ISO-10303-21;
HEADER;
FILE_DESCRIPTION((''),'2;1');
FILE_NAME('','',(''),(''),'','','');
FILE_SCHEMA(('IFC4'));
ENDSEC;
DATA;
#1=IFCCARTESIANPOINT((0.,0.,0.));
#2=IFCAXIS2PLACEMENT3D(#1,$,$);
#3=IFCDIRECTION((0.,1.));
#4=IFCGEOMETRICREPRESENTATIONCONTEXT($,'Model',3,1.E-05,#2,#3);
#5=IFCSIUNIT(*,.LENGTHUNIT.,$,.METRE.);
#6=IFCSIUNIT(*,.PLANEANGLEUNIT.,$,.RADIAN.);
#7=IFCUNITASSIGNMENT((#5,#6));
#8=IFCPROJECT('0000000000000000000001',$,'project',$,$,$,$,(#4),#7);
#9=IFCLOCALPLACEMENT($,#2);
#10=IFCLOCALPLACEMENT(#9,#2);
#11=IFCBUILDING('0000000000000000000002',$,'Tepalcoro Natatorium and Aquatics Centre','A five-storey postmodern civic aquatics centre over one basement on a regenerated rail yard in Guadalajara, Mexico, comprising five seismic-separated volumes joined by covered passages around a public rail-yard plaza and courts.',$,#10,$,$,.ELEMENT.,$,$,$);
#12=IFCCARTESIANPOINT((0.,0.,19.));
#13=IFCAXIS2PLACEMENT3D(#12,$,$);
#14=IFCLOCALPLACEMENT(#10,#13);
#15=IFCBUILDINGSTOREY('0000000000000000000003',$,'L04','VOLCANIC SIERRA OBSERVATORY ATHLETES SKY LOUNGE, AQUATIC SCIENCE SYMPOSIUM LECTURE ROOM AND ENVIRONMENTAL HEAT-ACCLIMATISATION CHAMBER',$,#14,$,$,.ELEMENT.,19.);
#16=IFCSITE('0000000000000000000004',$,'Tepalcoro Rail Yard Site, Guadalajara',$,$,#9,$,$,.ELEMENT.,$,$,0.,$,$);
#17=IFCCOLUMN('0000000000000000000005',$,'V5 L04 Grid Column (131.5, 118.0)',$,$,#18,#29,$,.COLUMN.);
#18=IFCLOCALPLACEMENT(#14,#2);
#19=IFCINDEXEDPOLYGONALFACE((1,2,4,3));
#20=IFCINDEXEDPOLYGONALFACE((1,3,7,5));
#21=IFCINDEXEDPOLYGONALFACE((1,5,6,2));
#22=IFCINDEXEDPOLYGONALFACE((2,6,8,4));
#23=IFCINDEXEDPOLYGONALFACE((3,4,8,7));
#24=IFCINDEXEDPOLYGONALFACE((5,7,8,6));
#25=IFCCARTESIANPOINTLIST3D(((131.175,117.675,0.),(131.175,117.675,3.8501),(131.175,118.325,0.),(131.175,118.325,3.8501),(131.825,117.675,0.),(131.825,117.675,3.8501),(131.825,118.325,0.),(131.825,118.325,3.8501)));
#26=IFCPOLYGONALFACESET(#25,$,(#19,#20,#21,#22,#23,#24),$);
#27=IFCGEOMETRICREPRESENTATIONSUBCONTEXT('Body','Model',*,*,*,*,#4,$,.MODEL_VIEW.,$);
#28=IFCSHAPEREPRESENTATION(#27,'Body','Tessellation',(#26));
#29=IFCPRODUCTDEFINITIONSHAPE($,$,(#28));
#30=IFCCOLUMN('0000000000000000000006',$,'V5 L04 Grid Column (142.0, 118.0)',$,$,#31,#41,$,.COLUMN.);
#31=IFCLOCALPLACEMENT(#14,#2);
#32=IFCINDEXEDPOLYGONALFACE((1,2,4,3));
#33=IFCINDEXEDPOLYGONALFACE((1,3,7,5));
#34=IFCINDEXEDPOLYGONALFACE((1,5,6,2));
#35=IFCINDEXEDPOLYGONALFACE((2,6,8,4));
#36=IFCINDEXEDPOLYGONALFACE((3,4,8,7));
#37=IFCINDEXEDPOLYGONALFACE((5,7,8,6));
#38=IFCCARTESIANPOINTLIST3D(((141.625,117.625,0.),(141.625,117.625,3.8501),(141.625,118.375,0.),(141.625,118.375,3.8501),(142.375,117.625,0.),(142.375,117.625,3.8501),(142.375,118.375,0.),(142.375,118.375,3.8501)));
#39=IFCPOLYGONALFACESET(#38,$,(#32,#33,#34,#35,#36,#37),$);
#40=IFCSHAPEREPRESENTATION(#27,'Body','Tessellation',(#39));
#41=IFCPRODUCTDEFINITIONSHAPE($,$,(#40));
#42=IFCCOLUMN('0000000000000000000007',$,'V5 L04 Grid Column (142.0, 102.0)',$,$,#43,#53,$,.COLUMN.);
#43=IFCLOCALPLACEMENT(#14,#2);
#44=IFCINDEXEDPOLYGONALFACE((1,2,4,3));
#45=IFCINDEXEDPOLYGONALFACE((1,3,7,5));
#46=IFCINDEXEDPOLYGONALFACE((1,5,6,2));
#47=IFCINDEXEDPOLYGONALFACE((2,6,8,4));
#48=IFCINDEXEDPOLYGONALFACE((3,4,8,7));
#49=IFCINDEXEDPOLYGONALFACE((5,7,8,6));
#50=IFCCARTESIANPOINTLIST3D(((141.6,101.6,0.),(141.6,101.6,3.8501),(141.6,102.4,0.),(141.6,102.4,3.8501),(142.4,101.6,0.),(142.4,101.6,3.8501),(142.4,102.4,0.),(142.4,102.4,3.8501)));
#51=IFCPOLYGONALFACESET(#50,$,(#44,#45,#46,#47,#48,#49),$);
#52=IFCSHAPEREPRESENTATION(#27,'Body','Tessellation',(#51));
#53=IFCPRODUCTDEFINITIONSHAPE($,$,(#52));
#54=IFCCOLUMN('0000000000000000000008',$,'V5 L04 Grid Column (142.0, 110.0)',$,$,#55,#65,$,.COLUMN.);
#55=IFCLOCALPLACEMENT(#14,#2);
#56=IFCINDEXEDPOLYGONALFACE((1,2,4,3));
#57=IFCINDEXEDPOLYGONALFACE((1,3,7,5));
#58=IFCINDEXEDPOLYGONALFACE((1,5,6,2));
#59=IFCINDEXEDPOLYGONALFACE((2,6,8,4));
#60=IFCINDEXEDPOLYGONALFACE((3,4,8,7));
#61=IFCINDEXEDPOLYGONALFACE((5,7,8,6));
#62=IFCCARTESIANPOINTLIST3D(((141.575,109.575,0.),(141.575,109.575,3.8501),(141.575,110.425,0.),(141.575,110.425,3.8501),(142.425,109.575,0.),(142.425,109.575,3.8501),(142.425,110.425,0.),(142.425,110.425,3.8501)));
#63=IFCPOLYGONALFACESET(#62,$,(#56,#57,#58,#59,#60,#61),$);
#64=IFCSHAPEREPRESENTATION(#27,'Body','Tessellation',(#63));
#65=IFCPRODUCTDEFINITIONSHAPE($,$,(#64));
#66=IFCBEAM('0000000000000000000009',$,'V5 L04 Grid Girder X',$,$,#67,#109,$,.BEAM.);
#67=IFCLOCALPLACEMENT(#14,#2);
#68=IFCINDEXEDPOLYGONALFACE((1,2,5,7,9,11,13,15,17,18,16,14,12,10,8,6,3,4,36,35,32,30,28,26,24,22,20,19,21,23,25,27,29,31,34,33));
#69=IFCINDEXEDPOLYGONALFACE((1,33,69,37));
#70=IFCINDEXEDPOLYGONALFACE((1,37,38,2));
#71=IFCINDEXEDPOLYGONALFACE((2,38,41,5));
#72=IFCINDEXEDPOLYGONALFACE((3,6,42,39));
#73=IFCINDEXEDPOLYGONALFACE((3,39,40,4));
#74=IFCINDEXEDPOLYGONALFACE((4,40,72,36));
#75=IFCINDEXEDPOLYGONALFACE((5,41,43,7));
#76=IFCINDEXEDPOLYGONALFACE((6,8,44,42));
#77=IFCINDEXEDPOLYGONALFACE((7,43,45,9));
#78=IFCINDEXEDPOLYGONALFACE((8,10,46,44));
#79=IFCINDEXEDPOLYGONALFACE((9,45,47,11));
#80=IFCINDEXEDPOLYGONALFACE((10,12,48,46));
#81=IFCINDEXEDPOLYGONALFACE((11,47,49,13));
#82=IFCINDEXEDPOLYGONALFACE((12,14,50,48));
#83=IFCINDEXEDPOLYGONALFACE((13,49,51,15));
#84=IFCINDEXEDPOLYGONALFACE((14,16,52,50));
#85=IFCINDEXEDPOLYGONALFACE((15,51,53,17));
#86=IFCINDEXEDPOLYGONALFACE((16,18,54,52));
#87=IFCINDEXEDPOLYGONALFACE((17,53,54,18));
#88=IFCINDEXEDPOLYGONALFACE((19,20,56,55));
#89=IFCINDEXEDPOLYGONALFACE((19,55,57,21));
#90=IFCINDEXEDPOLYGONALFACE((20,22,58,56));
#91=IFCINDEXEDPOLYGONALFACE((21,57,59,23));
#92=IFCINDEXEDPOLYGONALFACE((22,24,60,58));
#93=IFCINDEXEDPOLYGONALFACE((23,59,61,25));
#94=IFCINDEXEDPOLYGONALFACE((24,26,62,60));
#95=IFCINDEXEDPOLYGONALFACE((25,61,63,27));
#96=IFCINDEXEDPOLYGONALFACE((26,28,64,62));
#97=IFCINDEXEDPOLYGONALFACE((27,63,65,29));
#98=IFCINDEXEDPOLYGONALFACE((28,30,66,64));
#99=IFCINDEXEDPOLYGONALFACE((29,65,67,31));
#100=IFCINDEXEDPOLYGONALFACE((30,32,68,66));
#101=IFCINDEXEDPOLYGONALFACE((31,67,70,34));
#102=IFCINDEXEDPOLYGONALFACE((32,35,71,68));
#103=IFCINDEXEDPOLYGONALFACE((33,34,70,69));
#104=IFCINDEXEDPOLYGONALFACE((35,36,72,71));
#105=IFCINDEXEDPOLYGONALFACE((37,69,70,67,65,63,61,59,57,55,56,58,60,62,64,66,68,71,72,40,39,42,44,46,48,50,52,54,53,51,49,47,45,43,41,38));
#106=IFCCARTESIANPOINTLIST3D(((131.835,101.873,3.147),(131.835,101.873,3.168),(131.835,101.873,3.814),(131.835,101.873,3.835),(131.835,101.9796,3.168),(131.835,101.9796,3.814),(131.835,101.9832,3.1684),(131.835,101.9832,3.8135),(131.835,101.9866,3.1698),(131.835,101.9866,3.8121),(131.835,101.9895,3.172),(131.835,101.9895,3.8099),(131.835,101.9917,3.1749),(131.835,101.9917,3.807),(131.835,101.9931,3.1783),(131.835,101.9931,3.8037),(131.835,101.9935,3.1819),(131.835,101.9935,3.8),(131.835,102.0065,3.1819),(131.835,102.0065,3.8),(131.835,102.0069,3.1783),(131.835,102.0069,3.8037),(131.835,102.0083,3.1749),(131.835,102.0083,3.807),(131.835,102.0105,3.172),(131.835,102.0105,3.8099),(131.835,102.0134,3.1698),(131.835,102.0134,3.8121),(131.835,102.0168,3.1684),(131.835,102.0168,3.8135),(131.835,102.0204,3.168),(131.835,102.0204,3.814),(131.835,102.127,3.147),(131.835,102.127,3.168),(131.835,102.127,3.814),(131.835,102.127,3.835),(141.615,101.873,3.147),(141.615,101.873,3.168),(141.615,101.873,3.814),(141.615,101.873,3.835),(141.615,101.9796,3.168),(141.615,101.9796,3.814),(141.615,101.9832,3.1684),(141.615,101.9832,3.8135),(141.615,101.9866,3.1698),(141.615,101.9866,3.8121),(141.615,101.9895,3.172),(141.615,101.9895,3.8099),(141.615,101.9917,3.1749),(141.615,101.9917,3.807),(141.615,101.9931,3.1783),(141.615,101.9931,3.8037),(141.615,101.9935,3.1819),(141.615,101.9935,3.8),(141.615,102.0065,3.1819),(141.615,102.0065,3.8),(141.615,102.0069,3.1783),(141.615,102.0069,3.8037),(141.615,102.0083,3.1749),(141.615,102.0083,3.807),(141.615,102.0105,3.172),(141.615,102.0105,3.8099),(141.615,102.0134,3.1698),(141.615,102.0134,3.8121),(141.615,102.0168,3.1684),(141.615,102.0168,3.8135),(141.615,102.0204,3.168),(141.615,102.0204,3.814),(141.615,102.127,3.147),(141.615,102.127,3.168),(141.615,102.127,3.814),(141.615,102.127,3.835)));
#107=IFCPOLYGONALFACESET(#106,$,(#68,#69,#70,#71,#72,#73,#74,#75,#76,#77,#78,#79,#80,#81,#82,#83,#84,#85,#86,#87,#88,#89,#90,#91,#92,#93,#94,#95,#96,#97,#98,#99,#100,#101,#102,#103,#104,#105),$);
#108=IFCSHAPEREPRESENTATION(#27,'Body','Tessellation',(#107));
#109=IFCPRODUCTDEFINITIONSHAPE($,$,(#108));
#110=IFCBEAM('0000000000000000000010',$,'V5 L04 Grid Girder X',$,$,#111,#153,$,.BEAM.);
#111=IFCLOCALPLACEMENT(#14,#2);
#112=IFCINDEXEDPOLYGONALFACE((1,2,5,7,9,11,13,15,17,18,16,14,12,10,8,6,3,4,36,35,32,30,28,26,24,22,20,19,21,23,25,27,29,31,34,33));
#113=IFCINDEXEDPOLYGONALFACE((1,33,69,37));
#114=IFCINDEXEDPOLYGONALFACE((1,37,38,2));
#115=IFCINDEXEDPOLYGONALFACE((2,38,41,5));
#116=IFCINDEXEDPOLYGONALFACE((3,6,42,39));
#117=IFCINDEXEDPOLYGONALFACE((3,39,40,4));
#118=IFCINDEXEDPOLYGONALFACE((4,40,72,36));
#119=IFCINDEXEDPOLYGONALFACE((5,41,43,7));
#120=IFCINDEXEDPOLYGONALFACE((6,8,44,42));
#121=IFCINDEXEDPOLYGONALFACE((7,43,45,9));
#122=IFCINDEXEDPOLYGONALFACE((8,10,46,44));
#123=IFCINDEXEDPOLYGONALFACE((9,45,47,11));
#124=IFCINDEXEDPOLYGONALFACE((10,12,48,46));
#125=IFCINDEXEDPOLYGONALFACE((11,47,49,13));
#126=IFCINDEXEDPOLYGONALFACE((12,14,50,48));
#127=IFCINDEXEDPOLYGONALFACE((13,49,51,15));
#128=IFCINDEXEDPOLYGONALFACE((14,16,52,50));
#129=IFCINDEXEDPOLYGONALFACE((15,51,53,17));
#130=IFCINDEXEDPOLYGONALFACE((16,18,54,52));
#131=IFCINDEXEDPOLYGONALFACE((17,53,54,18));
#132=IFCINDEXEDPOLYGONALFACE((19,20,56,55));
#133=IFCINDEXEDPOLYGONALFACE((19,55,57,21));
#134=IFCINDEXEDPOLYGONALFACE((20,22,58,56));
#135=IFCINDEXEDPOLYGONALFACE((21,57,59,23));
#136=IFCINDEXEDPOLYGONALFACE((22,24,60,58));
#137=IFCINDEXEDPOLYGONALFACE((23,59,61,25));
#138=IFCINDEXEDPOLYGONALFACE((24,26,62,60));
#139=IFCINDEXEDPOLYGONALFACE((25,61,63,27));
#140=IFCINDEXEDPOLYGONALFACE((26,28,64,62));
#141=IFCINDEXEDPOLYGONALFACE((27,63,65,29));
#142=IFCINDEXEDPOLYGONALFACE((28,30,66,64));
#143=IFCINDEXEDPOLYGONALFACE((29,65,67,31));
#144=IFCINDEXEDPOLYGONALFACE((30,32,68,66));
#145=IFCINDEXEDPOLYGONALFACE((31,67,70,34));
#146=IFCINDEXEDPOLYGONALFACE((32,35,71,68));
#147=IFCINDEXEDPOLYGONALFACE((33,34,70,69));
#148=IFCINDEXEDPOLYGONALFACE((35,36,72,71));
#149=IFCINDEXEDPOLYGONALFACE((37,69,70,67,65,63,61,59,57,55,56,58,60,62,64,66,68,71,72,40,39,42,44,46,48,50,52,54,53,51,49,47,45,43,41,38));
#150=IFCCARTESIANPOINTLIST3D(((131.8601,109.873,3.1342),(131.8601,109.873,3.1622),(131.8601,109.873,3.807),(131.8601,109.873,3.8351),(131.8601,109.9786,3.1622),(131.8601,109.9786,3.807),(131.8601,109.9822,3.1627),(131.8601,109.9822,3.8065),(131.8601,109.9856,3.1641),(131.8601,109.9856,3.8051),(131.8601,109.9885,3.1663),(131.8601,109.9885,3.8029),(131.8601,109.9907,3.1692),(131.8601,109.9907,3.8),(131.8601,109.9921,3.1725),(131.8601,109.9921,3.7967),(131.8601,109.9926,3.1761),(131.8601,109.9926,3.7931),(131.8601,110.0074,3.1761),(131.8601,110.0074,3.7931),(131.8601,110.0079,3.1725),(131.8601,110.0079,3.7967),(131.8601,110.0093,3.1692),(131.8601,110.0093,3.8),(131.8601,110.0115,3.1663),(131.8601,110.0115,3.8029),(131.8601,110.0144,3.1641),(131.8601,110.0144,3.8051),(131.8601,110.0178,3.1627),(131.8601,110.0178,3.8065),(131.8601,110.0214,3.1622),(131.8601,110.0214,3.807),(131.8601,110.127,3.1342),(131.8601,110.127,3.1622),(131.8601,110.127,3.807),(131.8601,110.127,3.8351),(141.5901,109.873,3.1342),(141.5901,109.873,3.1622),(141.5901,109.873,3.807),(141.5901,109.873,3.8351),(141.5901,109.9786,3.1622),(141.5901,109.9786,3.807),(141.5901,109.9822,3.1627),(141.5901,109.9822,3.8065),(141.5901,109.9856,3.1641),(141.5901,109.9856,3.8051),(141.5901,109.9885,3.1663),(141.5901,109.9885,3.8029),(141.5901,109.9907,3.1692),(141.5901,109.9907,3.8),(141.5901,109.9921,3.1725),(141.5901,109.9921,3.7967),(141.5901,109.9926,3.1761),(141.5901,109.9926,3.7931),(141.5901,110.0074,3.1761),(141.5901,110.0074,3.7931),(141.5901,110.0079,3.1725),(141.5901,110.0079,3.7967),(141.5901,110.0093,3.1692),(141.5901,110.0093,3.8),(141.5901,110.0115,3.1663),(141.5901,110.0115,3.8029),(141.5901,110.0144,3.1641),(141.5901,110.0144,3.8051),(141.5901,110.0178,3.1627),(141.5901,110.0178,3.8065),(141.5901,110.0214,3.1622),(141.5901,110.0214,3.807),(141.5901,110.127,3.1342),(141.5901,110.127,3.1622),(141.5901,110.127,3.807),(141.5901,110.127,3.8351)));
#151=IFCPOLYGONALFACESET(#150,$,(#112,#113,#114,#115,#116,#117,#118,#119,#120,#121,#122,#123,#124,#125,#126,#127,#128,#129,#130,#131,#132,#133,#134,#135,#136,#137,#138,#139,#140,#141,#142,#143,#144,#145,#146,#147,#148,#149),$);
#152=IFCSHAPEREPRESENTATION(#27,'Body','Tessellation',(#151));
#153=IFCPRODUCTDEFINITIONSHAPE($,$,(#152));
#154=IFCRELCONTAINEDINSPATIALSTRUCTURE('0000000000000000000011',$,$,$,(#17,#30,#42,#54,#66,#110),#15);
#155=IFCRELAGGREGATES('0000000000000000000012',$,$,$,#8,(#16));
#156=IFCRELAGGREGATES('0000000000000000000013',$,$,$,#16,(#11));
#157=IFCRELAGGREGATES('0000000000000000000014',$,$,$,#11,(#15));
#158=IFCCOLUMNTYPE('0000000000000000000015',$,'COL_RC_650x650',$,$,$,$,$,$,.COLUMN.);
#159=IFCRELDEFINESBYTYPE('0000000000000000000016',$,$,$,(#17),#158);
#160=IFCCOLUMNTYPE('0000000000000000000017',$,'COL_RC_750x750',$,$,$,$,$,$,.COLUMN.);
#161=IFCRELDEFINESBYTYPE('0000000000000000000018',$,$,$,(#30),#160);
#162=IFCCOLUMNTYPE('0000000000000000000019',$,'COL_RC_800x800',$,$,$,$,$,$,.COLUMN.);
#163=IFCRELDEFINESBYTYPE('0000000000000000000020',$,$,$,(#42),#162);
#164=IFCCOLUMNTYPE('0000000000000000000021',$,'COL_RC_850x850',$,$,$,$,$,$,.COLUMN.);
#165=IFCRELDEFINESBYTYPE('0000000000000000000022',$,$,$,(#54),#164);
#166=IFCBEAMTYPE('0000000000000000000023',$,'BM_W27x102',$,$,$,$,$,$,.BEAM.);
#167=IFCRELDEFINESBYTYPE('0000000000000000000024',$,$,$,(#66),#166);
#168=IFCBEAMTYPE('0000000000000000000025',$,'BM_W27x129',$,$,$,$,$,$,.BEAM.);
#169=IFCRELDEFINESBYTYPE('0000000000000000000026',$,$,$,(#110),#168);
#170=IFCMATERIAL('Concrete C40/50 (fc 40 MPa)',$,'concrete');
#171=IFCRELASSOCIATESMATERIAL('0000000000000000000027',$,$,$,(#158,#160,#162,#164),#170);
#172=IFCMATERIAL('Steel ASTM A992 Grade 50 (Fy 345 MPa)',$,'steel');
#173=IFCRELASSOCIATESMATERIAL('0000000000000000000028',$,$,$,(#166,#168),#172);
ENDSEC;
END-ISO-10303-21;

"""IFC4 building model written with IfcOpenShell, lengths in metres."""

from ifc_helpers import new_model, si_unit, direction, frame, origin, origin_2d, place, context, subcontext, project, spatial, rectangle, i_section, extrude, material, material_profile, profile_set, type_object, element, save


model = new_model("IFC4")

# Units and contexts
model_context = context("Model", 3, precision=1e-05, world=origin(), true_north=direction((0.0, 1.0)))
body_context = subcontext(model_context, "Body", "Model", "MODEL_VIEW")
ifc_project = project(units=[si_unit("LENGTHUNIT", "METRE"), si_unit("PLANEANGLEUNIT", "RADIAN")], contexts=[model_context])

# Site, building, storey
site_placement = place(None, origin())
site = spatial("IfcSite", under=ifc_project, at=site_placement, Name="Tepalcoro Rail Yard Site, Guadalajara", CompositionType="ELEMENT", RefElevation=0.0)
building_placement = place(site_placement, origin())
building = spatial("IfcBuilding", under=site, at=building_placement, Name="Tepalcoro Natatorium and Aquatics Centre", Description="A five-storey postmodern civic aquatics centre over one basement on a regenerated rail yard in Guadalajara, Mexico, comprising five seismic-separated volumes joined by covered passages around a public rail-yard plaza and courts.", CompositionType="ELEMENT")
storey_placement = place(building_placement, frame((0.0, 0.0, 19.0)))
storey = spatial("IfcBuildingStorey", under=building, at=storey_placement, Name="L04", Description="VOLCANIC SIERRA OBSERVATORY ATHLETES SKY LOUNGE, AQUATIC SCIENCE SYMPOSIUM LECTURE ROOM AND ENVIRONMENTAL HEAT-ACCLIMATISATION CHAMBER", CompositionType="ELEMENT", Elevation=19.0)

# Columns
ifc_material_1 = material(Name="Concrete C40/50 (fc 40 MPa)", Category="concrete")
ifc_material_profile_1 = material_profile(ifc_material_1, rectangle(XDim=0.6499, YDim=0.6499, at=origin_2d()), Name="RC650x650")
ifc_profile_set_1 = profile_set([ifc_material_profile_1], Name="Concrete C40/50 (fc 40 MPa)")
column_type_1 = type_object("IfcColumnType", Name="COL_RC_650x650", PredefinedType="COLUMN", material=ifc_profile_set_1)
column_1_placement = place(storey_placement, frame((131.5, 118.0, 0.0), z_axis=(0.0, 0.0, 1.0), x_axis=(1.0, 0.0, 0.0)))
element("IfcColumn", 1, at=column_1_placement, inside=storey, type_object=column_type_1, Name="V5 L04 Grid Column (131.5, 118.0)", PredefinedType="COLUMN", context=body_context, shape_type="SweptSolid", body=[
    extrude(rectangle(XDim=0.6499, YDim=0.6499, at=origin_2d()), origin(), (0.0, 0.0, 1.0), 3.8501),
])
ifc_material_profile_2 = material_profile(ifc_material_1, rectangle(XDim=0.75, YDim=0.75, at=origin_2d()), Name="RC750x750")
ifc_profile_set_2 = profile_set([ifc_material_profile_2], Name="Concrete C40/50 (fc 40 MPa)")
column_type_2 = type_object("IfcColumnType", Name="COL_RC_750x750", PredefinedType="COLUMN", material=ifc_profile_set_2)
column_2_placement = place(storey_placement, frame((142.0, 118.0, 0.0), z_axis=(0.0, 0.0, 1.0), x_axis=(1.0, 0.0, 0.0)))
element("IfcColumn", 2, at=column_2_placement, inside=storey, type_object=column_type_2, Name="V5 L04 Grid Column (142.0, 118.0)", PredefinedType="COLUMN", context=body_context, shape_type="SweptSolid", body=[
    extrude(rectangle(XDim=0.75, YDim=0.75, at=origin_2d()), origin(), (0.0, 0.0, 1.0), 3.8501),
])
ifc_material_profile_3 = material_profile(ifc_material_1, rectangle(XDim=0.8, YDim=0.8, at=origin_2d()), Name="RC800x800")
ifc_profile_set_3 = profile_set([ifc_material_profile_3], Name="Concrete C40/50 (fc 40 MPa)")
column_type_3 = type_object("IfcColumnType", Name="COL_RC_800x800", PredefinedType="COLUMN", material=ifc_profile_set_3)
column_3_placement = place(storey_placement, frame((142.0, 102.0, 0.0), z_axis=(0.0, 0.0, 1.0), x_axis=(1.0, 0.0, 0.0)))
element("IfcColumn", 3, at=column_3_placement, inside=storey, type_object=column_type_3, Name="V5 L04 Grid Column (142.0, 102.0)", PredefinedType="COLUMN", context=body_context, shape_type="SweptSolid", body=[
    extrude(rectangle(XDim=0.8, YDim=0.8, at=origin_2d()), origin(), (0.0, 0.0, 1.0), 3.8501),
])
ifc_material_profile_4 = material_profile(ifc_material_1, rectangle(XDim=0.8501, YDim=0.8501, at=origin_2d()), Name="RC850x850")
ifc_profile_set_4 = profile_set([ifc_material_profile_4], Name="Concrete C40/50 (fc 40 MPa)")
column_type_4 = type_object("IfcColumnType", Name="COL_RC_850x850", PredefinedType="COLUMN", material=ifc_profile_set_4)
column_4_placement = place(storey_placement, frame((142.0, 110.0, 0.0), z_axis=(0.0, 0.0, 1.0), x_axis=(1.0, 0.0, 0.0)))
element("IfcColumn", 4, at=column_4_placement, inside=storey, type_object=column_type_4, Name="V5 L04 Grid Column (142.0, 110.0)", PredefinedType="COLUMN", context=body_context, shape_type="SweptSolid", body=[
    extrude(rectangle(XDim=0.8501, YDim=0.8501, at=origin_2d()), origin(), (0.0, 0.0, 1.0), 3.8501),
])

# Beams
ifc_material_2 = material(Name="Steel ASTM A992 Grade 50 (Fy 345 MPa)", Category="steel")
ifc_material_profile_5 = material_profile(ifc_material_2, i_section(OverallWidth=0.2539, OverallDepth=0.688, WebThickness=0.0129, FlangeThickness=0.021, FilletRadius=0.0139, at=origin_2d()), Name="W27X102")
ifc_profile_set_5 = profile_set([ifc_material_profile_5], Name="Steel ASTM A992 Grade 50 (Fy 345 MPa)")
beam_type_1 = type_object("IfcBeamType", Name="BM_W27x102", PredefinedType="BEAM", material=ifc_profile_set_5)
beam_1_placement = place(storey_placement, frame((131.835, 102.0, 3.491), z_axis=(1.0, 0.0, 0.0), x_axis=(0.0, 1.0, 0.0)))
element("IfcBeam", 5, at=beam_1_placement, inside=storey, type_object=beam_type_1, Name="V5 L04 Grid Girder X", PredefinedType="BEAM", context=body_context, shape_type="SweptSolid", body=[
    extrude(i_section(OverallWidth=0.2539, OverallDepth=0.688, WebThickness=0.0129, FlangeThickness=0.021, FilletRadius=0.0139, at=origin_2d()), origin(), (0.0, 0.0, 1.0), 9.78),
])
ifc_material_profile_6 = material_profile(ifc_material_2, i_section(OverallWidth=0.2539, OverallDepth=0.7009, WebThickness=0.0149, FlangeThickness=0.0281, FilletRadius=0.0139, at=origin_2d()), Name="W27X129")
ifc_profile_set_6 = profile_set([ifc_material_profile_6], Name="Steel ASTM A992 Grade 50 (Fy 345 MPa)")
beam_type_2 = type_object("IfcBeamType", Name="BM_W27x129", PredefinedType="BEAM", material=ifc_profile_set_6)
beam_2_placement = place(storey_placement, frame((131.8601, 110.0, 3.4846), z_axis=(1.0, 0.0, 0.0), x_axis=(0.0, 1.0, 0.0)))
element("IfcBeam", 6, at=beam_2_placement, inside=storey, type_object=beam_type_2, Name="V5 L04 Grid Girder X", PredefinedType="BEAM", context=body_context, shape_type="SweptSolid", body=[
    extrude(i_section(OverallWidth=0.2539, OverallDepth=0.7009, WebThickness=0.0149, FlangeThickness=0.0281, FilletRadius=0.0139, at=origin_2d()), origin(), (0.0, 0.0, 1.0), 9.73),
])

save(model, "model.ifc")
